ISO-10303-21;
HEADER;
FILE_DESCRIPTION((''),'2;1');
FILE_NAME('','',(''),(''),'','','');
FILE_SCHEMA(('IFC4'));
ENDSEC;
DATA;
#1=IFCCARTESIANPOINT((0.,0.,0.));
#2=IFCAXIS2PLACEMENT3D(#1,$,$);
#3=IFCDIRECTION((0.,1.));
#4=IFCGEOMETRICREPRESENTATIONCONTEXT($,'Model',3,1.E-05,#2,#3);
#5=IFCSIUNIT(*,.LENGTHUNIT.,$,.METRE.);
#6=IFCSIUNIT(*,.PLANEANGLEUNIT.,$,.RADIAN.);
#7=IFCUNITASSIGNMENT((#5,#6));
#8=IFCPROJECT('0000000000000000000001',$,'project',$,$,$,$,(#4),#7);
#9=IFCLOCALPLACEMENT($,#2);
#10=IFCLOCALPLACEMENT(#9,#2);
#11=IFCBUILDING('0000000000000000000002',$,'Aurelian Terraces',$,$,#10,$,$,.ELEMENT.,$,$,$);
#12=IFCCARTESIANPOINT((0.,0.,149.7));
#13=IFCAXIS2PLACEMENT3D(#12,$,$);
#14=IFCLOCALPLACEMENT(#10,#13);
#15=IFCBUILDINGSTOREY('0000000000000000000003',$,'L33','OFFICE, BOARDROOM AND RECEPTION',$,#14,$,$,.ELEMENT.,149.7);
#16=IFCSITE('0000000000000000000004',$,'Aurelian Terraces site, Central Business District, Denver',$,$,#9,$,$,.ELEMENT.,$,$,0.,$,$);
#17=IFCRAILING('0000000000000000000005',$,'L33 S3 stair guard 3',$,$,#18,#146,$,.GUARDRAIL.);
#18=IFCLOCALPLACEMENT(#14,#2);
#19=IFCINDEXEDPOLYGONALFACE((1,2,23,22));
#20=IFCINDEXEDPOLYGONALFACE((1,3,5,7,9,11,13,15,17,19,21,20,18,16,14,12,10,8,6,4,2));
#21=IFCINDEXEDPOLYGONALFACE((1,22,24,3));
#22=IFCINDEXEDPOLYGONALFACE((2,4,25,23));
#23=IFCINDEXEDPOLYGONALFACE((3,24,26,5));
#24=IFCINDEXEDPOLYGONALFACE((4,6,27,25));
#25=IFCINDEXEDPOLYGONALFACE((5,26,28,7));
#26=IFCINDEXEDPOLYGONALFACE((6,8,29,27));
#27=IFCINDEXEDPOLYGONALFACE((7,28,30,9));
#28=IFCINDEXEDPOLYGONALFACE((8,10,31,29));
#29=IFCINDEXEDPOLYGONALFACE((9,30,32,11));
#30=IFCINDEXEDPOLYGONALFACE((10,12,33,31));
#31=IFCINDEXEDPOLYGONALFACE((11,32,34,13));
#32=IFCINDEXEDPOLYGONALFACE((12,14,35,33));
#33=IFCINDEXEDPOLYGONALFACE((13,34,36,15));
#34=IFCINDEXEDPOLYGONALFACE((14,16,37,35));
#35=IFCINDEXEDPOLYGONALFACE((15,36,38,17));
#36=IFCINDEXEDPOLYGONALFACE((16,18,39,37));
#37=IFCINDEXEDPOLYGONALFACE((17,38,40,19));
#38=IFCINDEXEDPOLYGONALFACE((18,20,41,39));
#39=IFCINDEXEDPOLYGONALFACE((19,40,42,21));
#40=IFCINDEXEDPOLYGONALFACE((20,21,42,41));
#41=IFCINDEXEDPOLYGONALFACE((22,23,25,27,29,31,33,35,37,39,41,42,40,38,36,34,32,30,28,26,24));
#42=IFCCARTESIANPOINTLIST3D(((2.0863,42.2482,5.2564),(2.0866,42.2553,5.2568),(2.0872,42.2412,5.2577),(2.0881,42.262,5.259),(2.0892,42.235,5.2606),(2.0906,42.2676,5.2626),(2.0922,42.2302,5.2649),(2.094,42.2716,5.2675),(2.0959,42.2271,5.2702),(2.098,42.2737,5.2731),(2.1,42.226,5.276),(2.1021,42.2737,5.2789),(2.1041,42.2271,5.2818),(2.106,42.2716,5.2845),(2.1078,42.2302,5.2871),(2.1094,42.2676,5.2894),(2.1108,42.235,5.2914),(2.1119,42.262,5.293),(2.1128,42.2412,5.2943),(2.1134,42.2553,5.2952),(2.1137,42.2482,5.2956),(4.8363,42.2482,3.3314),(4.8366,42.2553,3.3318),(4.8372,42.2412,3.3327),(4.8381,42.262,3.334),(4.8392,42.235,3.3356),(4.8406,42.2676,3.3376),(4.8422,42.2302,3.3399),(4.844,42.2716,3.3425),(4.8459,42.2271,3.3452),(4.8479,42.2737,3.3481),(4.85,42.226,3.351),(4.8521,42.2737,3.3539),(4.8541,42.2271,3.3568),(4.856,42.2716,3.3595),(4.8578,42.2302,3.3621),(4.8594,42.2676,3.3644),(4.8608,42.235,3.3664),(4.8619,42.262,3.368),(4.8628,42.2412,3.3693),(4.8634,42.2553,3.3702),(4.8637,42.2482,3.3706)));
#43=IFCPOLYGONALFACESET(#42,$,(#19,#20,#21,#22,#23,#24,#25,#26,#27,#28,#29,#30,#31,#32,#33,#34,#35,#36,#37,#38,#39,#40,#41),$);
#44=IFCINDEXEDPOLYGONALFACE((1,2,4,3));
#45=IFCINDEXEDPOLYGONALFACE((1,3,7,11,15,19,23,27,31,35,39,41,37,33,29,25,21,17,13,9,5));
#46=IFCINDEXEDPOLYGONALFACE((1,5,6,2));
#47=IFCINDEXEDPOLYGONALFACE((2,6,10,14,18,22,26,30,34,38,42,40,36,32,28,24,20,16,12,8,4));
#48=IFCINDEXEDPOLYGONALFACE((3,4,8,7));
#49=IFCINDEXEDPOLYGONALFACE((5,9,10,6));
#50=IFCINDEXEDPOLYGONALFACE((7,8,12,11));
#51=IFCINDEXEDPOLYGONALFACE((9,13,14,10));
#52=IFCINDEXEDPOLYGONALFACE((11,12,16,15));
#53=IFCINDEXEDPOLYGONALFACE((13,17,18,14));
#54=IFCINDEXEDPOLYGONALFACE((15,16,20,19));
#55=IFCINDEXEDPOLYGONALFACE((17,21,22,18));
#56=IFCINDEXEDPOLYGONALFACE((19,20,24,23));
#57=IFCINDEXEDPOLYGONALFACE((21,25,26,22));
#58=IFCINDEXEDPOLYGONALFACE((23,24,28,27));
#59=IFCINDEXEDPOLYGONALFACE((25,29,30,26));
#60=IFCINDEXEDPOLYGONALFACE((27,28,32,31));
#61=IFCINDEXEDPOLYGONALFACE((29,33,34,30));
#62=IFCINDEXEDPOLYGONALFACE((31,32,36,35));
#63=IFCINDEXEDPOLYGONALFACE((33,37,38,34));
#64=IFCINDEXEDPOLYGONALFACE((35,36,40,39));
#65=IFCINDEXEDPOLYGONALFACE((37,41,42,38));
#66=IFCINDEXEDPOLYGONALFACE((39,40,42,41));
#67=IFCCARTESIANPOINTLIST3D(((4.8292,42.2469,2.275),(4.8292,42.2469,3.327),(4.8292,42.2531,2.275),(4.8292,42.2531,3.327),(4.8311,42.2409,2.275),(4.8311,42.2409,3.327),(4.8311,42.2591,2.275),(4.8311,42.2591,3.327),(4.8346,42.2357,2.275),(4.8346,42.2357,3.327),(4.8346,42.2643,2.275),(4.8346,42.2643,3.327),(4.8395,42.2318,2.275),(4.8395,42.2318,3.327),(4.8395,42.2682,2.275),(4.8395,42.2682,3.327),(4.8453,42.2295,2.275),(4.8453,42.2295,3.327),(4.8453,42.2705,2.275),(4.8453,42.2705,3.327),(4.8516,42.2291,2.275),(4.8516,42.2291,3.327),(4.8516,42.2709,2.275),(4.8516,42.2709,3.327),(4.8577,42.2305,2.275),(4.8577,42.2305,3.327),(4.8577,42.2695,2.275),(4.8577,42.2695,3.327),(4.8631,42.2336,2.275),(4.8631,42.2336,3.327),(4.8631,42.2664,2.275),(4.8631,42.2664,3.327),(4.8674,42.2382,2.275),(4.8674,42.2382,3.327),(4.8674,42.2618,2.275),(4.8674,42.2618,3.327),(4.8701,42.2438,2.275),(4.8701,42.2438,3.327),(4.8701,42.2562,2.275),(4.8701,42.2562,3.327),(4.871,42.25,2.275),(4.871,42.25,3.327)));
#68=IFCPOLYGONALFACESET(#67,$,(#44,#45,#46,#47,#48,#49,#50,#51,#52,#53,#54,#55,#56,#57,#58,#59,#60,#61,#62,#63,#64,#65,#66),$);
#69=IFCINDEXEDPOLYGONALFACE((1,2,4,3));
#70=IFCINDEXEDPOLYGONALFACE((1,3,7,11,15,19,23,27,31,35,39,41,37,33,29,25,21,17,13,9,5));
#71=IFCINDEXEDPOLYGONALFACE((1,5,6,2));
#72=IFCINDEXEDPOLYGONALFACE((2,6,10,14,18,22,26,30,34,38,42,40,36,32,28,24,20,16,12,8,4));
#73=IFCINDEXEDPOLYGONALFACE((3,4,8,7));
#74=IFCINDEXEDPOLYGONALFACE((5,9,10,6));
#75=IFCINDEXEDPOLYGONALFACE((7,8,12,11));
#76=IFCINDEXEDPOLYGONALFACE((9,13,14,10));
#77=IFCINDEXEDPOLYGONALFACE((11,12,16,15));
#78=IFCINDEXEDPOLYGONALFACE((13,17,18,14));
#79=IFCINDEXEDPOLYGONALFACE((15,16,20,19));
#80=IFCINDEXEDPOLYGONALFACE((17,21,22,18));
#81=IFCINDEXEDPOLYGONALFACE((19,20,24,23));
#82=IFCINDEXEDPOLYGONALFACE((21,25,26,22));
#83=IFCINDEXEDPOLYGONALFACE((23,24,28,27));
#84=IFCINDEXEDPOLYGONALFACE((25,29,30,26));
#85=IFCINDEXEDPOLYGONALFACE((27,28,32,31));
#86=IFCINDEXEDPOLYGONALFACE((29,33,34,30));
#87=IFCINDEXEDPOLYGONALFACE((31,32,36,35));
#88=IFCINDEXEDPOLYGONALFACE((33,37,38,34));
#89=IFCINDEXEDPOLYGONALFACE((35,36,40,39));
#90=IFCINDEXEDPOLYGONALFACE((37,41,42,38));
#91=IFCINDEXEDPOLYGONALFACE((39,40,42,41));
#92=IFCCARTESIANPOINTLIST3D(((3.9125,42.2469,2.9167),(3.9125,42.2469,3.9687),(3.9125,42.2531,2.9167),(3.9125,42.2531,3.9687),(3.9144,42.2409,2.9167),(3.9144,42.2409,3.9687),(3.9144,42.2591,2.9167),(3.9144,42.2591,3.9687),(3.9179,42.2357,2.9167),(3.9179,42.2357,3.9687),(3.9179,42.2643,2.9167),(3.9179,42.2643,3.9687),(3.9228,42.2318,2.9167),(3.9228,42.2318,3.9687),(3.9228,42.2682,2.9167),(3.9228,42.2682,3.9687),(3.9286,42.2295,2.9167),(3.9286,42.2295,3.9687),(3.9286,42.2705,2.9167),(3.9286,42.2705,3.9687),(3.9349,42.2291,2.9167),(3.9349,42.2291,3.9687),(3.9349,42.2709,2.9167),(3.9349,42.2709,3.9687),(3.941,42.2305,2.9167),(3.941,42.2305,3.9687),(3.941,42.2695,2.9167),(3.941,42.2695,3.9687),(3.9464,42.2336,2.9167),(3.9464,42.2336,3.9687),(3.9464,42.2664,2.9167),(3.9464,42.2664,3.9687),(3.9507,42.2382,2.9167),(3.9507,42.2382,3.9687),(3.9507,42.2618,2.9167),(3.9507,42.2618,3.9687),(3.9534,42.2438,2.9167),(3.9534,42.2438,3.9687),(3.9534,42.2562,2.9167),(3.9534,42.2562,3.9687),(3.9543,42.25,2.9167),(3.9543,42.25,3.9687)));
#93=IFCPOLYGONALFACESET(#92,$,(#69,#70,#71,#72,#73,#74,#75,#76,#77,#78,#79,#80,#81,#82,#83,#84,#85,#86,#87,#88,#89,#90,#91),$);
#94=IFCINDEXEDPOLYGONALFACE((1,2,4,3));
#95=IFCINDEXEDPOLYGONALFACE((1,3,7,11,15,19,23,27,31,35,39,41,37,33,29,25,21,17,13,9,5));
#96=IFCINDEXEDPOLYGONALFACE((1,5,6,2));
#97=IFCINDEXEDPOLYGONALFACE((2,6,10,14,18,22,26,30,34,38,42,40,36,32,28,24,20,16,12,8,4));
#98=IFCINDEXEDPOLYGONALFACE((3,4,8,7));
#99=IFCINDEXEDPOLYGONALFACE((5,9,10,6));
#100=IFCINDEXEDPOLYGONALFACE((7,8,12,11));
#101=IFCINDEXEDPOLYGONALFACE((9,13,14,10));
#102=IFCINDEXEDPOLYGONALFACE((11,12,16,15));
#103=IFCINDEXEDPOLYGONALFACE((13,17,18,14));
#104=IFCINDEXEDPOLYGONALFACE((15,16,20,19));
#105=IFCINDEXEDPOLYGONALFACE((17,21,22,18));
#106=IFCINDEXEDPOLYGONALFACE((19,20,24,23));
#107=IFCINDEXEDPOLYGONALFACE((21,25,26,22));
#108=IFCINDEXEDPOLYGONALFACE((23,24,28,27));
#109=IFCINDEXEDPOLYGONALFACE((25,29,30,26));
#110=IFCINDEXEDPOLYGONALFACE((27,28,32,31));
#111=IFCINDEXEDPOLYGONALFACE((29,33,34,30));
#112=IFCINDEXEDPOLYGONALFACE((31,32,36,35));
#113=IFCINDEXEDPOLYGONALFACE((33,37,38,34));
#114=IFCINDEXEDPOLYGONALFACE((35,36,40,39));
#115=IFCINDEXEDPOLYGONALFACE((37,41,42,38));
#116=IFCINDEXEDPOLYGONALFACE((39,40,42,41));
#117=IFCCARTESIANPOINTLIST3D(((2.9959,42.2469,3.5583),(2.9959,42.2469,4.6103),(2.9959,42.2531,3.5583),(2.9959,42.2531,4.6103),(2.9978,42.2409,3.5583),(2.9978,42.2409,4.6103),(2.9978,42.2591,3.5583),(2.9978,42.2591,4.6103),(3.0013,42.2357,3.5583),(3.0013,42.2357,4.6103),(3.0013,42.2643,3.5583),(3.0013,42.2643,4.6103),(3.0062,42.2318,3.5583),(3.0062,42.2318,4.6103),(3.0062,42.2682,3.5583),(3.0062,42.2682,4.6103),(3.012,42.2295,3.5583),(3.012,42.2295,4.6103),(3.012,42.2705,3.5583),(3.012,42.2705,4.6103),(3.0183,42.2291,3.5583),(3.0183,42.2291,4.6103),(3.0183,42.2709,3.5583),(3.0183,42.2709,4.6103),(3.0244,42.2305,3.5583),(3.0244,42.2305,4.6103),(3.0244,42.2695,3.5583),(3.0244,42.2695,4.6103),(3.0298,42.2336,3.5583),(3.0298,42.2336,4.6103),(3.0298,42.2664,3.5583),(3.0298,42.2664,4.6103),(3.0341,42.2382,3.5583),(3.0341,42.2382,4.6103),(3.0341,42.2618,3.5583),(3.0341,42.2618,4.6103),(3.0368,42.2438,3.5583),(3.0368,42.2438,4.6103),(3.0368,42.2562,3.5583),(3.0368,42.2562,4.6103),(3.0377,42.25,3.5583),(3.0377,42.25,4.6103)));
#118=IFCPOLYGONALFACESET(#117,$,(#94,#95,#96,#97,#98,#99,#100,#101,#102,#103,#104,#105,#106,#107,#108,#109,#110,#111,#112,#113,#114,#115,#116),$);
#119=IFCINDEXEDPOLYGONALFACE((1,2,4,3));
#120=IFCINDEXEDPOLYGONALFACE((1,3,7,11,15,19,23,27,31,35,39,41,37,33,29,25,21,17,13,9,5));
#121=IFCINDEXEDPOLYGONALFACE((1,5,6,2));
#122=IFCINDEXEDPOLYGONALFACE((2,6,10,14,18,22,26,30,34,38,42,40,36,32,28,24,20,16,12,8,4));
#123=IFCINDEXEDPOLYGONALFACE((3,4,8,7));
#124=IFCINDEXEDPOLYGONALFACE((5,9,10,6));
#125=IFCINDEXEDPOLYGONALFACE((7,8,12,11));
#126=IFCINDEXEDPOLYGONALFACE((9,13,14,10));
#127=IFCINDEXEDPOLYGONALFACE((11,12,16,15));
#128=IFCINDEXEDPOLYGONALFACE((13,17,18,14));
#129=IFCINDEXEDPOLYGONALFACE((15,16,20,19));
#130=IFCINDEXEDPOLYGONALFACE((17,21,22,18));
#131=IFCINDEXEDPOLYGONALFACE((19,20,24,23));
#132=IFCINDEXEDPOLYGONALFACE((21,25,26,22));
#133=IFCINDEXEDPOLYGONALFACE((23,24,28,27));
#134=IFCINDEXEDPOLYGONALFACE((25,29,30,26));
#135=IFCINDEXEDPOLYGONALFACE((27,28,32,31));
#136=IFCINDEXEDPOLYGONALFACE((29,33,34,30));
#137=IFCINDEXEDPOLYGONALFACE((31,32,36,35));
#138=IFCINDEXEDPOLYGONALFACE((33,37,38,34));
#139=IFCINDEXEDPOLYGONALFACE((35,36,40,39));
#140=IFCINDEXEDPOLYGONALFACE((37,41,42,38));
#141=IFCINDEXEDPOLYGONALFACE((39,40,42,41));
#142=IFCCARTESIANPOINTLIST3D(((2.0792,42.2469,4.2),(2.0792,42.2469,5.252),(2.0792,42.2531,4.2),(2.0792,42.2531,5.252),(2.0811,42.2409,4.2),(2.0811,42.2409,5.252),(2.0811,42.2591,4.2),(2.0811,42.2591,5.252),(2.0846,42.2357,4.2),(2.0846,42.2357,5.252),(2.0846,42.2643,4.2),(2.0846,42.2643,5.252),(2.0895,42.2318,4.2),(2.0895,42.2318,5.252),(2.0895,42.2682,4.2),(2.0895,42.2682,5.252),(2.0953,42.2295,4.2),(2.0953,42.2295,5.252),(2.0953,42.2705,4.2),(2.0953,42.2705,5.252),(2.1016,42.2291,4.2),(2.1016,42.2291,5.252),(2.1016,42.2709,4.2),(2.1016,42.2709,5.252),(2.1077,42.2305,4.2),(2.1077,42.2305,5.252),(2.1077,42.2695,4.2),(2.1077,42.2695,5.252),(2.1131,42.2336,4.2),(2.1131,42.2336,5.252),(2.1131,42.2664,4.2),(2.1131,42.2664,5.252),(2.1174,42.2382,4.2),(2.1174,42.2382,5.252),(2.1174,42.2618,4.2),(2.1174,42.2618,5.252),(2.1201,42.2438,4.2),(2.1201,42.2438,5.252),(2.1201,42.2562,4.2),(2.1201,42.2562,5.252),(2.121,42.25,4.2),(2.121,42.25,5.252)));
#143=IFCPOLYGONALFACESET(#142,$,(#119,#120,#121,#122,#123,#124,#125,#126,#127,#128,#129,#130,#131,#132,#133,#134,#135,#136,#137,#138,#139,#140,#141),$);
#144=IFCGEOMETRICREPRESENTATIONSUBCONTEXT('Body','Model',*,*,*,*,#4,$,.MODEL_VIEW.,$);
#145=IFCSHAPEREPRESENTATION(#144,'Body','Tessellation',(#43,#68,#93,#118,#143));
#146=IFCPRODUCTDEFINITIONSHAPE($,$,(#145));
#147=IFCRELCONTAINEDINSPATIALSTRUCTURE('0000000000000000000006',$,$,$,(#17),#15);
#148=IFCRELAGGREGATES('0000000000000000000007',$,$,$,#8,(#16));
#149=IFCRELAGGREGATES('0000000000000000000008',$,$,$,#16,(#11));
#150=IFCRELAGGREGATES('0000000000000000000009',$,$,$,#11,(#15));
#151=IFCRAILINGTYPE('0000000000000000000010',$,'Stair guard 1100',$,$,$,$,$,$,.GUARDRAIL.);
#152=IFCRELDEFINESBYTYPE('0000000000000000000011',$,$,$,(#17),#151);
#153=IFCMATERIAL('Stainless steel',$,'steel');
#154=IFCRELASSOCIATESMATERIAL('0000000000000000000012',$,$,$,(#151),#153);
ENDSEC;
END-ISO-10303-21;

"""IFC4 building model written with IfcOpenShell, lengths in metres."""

from ifc_helpers import new_model, si_unit, direction, frame, origin, origin_2d, place, context, subcontext, project, spatial, circle, extrude, source, transform, mapped, material, type_object, element, save


model = new_model("IFC4")

# Units and contexts
model_context = context("Model", 3, precision=1e-05, world=origin(), true_north=direction((0.0, 1.0)))
body_context = subcontext(model_context, "Body", "Model", "MODEL_VIEW")
ifc_project = project(units=[si_unit("LENGTHUNIT", "METRE"), si_unit("PLANEANGLEUNIT", "RADIAN")], contexts=[model_context])

# Site, building, storey
site_placement = place(None, origin())
site = spatial("IfcSite", under=ifc_project, at=site_placement, Name="Aurelian Terraces site, Central Business District, Denver", CompositionType="ELEMENT", RefElevation=0.0)
building_placement = place(site_placement, origin())
building = spatial("IfcBuilding", under=site, at=building_placement, Name="Aurelian Terraces", CompositionType="ELEMENT")
storey_placement = place(building_placement, frame((0.0, 0.0, 149.7)))
storey = spatial("IfcBuildingStorey", under=building, at=storey_placement, Name="L33", Description="OFFICE, BOARDROOM AND RECEPTION", CompositionType="ELEMENT", Elevation=149.7)

# Railing
ifc_material_1 = material(Name="Stainless steel", Category="steel")
railing_type_1 = type_object("IfcRailingType", Name="Stair guard 1100", PredefinedType="GUARDRAIL", material=ifc_material_1)
shared_shape_1 = source(origin(), body_context, "Body", "SweptSolid", [
    extrude(circle(Radius=0.024, at=origin_2d()), frame((0.0, 0.0, 1.076), z_axis=(-0.819232, 0.0, 0.573462), x_axis=(0.0, -1.0, 0.0)), (0.0, 0.0, 1.0), 3.3568),
    extrude(circle(Radius=0.021, at=origin_2d()), origin(), (0.0, 0.0, 1.0), 1.052),
    extrude(circle(Radius=0.021, at=origin_2d()), frame((-0.9167, 0.0, 0.6417)), (0.0, 0.0, 1.0), 1.052),
    extrude(circle(Radius=0.021, at=origin_2d()), frame((-1.8333, 0.0, 1.2833)), (0.0, 0.0, 1.0), 1.052),
    extrude(circle(Radius=0.021, at=origin_2d()), frame((-2.75, 0.0, 1.925)), (0.0, 0.0, 1.0), 1.052),
])
railing_1_placement = place(storey_placement, frame((4.85, 42.25, 2.275)))
element("IfcRailing", 1, at=railing_1_placement, inside=storey, type_object=railing_type_1, Name="L33 S3 stair guard 3", PredefinedType="GUARDRAIL", context=body_context, shape_type="MappedRepresentation", body=[
    mapped(shared_shape_1, transform((0.0, 0.0, 0.0), scale=1.0)),
])

save(model, "model.ifc")
